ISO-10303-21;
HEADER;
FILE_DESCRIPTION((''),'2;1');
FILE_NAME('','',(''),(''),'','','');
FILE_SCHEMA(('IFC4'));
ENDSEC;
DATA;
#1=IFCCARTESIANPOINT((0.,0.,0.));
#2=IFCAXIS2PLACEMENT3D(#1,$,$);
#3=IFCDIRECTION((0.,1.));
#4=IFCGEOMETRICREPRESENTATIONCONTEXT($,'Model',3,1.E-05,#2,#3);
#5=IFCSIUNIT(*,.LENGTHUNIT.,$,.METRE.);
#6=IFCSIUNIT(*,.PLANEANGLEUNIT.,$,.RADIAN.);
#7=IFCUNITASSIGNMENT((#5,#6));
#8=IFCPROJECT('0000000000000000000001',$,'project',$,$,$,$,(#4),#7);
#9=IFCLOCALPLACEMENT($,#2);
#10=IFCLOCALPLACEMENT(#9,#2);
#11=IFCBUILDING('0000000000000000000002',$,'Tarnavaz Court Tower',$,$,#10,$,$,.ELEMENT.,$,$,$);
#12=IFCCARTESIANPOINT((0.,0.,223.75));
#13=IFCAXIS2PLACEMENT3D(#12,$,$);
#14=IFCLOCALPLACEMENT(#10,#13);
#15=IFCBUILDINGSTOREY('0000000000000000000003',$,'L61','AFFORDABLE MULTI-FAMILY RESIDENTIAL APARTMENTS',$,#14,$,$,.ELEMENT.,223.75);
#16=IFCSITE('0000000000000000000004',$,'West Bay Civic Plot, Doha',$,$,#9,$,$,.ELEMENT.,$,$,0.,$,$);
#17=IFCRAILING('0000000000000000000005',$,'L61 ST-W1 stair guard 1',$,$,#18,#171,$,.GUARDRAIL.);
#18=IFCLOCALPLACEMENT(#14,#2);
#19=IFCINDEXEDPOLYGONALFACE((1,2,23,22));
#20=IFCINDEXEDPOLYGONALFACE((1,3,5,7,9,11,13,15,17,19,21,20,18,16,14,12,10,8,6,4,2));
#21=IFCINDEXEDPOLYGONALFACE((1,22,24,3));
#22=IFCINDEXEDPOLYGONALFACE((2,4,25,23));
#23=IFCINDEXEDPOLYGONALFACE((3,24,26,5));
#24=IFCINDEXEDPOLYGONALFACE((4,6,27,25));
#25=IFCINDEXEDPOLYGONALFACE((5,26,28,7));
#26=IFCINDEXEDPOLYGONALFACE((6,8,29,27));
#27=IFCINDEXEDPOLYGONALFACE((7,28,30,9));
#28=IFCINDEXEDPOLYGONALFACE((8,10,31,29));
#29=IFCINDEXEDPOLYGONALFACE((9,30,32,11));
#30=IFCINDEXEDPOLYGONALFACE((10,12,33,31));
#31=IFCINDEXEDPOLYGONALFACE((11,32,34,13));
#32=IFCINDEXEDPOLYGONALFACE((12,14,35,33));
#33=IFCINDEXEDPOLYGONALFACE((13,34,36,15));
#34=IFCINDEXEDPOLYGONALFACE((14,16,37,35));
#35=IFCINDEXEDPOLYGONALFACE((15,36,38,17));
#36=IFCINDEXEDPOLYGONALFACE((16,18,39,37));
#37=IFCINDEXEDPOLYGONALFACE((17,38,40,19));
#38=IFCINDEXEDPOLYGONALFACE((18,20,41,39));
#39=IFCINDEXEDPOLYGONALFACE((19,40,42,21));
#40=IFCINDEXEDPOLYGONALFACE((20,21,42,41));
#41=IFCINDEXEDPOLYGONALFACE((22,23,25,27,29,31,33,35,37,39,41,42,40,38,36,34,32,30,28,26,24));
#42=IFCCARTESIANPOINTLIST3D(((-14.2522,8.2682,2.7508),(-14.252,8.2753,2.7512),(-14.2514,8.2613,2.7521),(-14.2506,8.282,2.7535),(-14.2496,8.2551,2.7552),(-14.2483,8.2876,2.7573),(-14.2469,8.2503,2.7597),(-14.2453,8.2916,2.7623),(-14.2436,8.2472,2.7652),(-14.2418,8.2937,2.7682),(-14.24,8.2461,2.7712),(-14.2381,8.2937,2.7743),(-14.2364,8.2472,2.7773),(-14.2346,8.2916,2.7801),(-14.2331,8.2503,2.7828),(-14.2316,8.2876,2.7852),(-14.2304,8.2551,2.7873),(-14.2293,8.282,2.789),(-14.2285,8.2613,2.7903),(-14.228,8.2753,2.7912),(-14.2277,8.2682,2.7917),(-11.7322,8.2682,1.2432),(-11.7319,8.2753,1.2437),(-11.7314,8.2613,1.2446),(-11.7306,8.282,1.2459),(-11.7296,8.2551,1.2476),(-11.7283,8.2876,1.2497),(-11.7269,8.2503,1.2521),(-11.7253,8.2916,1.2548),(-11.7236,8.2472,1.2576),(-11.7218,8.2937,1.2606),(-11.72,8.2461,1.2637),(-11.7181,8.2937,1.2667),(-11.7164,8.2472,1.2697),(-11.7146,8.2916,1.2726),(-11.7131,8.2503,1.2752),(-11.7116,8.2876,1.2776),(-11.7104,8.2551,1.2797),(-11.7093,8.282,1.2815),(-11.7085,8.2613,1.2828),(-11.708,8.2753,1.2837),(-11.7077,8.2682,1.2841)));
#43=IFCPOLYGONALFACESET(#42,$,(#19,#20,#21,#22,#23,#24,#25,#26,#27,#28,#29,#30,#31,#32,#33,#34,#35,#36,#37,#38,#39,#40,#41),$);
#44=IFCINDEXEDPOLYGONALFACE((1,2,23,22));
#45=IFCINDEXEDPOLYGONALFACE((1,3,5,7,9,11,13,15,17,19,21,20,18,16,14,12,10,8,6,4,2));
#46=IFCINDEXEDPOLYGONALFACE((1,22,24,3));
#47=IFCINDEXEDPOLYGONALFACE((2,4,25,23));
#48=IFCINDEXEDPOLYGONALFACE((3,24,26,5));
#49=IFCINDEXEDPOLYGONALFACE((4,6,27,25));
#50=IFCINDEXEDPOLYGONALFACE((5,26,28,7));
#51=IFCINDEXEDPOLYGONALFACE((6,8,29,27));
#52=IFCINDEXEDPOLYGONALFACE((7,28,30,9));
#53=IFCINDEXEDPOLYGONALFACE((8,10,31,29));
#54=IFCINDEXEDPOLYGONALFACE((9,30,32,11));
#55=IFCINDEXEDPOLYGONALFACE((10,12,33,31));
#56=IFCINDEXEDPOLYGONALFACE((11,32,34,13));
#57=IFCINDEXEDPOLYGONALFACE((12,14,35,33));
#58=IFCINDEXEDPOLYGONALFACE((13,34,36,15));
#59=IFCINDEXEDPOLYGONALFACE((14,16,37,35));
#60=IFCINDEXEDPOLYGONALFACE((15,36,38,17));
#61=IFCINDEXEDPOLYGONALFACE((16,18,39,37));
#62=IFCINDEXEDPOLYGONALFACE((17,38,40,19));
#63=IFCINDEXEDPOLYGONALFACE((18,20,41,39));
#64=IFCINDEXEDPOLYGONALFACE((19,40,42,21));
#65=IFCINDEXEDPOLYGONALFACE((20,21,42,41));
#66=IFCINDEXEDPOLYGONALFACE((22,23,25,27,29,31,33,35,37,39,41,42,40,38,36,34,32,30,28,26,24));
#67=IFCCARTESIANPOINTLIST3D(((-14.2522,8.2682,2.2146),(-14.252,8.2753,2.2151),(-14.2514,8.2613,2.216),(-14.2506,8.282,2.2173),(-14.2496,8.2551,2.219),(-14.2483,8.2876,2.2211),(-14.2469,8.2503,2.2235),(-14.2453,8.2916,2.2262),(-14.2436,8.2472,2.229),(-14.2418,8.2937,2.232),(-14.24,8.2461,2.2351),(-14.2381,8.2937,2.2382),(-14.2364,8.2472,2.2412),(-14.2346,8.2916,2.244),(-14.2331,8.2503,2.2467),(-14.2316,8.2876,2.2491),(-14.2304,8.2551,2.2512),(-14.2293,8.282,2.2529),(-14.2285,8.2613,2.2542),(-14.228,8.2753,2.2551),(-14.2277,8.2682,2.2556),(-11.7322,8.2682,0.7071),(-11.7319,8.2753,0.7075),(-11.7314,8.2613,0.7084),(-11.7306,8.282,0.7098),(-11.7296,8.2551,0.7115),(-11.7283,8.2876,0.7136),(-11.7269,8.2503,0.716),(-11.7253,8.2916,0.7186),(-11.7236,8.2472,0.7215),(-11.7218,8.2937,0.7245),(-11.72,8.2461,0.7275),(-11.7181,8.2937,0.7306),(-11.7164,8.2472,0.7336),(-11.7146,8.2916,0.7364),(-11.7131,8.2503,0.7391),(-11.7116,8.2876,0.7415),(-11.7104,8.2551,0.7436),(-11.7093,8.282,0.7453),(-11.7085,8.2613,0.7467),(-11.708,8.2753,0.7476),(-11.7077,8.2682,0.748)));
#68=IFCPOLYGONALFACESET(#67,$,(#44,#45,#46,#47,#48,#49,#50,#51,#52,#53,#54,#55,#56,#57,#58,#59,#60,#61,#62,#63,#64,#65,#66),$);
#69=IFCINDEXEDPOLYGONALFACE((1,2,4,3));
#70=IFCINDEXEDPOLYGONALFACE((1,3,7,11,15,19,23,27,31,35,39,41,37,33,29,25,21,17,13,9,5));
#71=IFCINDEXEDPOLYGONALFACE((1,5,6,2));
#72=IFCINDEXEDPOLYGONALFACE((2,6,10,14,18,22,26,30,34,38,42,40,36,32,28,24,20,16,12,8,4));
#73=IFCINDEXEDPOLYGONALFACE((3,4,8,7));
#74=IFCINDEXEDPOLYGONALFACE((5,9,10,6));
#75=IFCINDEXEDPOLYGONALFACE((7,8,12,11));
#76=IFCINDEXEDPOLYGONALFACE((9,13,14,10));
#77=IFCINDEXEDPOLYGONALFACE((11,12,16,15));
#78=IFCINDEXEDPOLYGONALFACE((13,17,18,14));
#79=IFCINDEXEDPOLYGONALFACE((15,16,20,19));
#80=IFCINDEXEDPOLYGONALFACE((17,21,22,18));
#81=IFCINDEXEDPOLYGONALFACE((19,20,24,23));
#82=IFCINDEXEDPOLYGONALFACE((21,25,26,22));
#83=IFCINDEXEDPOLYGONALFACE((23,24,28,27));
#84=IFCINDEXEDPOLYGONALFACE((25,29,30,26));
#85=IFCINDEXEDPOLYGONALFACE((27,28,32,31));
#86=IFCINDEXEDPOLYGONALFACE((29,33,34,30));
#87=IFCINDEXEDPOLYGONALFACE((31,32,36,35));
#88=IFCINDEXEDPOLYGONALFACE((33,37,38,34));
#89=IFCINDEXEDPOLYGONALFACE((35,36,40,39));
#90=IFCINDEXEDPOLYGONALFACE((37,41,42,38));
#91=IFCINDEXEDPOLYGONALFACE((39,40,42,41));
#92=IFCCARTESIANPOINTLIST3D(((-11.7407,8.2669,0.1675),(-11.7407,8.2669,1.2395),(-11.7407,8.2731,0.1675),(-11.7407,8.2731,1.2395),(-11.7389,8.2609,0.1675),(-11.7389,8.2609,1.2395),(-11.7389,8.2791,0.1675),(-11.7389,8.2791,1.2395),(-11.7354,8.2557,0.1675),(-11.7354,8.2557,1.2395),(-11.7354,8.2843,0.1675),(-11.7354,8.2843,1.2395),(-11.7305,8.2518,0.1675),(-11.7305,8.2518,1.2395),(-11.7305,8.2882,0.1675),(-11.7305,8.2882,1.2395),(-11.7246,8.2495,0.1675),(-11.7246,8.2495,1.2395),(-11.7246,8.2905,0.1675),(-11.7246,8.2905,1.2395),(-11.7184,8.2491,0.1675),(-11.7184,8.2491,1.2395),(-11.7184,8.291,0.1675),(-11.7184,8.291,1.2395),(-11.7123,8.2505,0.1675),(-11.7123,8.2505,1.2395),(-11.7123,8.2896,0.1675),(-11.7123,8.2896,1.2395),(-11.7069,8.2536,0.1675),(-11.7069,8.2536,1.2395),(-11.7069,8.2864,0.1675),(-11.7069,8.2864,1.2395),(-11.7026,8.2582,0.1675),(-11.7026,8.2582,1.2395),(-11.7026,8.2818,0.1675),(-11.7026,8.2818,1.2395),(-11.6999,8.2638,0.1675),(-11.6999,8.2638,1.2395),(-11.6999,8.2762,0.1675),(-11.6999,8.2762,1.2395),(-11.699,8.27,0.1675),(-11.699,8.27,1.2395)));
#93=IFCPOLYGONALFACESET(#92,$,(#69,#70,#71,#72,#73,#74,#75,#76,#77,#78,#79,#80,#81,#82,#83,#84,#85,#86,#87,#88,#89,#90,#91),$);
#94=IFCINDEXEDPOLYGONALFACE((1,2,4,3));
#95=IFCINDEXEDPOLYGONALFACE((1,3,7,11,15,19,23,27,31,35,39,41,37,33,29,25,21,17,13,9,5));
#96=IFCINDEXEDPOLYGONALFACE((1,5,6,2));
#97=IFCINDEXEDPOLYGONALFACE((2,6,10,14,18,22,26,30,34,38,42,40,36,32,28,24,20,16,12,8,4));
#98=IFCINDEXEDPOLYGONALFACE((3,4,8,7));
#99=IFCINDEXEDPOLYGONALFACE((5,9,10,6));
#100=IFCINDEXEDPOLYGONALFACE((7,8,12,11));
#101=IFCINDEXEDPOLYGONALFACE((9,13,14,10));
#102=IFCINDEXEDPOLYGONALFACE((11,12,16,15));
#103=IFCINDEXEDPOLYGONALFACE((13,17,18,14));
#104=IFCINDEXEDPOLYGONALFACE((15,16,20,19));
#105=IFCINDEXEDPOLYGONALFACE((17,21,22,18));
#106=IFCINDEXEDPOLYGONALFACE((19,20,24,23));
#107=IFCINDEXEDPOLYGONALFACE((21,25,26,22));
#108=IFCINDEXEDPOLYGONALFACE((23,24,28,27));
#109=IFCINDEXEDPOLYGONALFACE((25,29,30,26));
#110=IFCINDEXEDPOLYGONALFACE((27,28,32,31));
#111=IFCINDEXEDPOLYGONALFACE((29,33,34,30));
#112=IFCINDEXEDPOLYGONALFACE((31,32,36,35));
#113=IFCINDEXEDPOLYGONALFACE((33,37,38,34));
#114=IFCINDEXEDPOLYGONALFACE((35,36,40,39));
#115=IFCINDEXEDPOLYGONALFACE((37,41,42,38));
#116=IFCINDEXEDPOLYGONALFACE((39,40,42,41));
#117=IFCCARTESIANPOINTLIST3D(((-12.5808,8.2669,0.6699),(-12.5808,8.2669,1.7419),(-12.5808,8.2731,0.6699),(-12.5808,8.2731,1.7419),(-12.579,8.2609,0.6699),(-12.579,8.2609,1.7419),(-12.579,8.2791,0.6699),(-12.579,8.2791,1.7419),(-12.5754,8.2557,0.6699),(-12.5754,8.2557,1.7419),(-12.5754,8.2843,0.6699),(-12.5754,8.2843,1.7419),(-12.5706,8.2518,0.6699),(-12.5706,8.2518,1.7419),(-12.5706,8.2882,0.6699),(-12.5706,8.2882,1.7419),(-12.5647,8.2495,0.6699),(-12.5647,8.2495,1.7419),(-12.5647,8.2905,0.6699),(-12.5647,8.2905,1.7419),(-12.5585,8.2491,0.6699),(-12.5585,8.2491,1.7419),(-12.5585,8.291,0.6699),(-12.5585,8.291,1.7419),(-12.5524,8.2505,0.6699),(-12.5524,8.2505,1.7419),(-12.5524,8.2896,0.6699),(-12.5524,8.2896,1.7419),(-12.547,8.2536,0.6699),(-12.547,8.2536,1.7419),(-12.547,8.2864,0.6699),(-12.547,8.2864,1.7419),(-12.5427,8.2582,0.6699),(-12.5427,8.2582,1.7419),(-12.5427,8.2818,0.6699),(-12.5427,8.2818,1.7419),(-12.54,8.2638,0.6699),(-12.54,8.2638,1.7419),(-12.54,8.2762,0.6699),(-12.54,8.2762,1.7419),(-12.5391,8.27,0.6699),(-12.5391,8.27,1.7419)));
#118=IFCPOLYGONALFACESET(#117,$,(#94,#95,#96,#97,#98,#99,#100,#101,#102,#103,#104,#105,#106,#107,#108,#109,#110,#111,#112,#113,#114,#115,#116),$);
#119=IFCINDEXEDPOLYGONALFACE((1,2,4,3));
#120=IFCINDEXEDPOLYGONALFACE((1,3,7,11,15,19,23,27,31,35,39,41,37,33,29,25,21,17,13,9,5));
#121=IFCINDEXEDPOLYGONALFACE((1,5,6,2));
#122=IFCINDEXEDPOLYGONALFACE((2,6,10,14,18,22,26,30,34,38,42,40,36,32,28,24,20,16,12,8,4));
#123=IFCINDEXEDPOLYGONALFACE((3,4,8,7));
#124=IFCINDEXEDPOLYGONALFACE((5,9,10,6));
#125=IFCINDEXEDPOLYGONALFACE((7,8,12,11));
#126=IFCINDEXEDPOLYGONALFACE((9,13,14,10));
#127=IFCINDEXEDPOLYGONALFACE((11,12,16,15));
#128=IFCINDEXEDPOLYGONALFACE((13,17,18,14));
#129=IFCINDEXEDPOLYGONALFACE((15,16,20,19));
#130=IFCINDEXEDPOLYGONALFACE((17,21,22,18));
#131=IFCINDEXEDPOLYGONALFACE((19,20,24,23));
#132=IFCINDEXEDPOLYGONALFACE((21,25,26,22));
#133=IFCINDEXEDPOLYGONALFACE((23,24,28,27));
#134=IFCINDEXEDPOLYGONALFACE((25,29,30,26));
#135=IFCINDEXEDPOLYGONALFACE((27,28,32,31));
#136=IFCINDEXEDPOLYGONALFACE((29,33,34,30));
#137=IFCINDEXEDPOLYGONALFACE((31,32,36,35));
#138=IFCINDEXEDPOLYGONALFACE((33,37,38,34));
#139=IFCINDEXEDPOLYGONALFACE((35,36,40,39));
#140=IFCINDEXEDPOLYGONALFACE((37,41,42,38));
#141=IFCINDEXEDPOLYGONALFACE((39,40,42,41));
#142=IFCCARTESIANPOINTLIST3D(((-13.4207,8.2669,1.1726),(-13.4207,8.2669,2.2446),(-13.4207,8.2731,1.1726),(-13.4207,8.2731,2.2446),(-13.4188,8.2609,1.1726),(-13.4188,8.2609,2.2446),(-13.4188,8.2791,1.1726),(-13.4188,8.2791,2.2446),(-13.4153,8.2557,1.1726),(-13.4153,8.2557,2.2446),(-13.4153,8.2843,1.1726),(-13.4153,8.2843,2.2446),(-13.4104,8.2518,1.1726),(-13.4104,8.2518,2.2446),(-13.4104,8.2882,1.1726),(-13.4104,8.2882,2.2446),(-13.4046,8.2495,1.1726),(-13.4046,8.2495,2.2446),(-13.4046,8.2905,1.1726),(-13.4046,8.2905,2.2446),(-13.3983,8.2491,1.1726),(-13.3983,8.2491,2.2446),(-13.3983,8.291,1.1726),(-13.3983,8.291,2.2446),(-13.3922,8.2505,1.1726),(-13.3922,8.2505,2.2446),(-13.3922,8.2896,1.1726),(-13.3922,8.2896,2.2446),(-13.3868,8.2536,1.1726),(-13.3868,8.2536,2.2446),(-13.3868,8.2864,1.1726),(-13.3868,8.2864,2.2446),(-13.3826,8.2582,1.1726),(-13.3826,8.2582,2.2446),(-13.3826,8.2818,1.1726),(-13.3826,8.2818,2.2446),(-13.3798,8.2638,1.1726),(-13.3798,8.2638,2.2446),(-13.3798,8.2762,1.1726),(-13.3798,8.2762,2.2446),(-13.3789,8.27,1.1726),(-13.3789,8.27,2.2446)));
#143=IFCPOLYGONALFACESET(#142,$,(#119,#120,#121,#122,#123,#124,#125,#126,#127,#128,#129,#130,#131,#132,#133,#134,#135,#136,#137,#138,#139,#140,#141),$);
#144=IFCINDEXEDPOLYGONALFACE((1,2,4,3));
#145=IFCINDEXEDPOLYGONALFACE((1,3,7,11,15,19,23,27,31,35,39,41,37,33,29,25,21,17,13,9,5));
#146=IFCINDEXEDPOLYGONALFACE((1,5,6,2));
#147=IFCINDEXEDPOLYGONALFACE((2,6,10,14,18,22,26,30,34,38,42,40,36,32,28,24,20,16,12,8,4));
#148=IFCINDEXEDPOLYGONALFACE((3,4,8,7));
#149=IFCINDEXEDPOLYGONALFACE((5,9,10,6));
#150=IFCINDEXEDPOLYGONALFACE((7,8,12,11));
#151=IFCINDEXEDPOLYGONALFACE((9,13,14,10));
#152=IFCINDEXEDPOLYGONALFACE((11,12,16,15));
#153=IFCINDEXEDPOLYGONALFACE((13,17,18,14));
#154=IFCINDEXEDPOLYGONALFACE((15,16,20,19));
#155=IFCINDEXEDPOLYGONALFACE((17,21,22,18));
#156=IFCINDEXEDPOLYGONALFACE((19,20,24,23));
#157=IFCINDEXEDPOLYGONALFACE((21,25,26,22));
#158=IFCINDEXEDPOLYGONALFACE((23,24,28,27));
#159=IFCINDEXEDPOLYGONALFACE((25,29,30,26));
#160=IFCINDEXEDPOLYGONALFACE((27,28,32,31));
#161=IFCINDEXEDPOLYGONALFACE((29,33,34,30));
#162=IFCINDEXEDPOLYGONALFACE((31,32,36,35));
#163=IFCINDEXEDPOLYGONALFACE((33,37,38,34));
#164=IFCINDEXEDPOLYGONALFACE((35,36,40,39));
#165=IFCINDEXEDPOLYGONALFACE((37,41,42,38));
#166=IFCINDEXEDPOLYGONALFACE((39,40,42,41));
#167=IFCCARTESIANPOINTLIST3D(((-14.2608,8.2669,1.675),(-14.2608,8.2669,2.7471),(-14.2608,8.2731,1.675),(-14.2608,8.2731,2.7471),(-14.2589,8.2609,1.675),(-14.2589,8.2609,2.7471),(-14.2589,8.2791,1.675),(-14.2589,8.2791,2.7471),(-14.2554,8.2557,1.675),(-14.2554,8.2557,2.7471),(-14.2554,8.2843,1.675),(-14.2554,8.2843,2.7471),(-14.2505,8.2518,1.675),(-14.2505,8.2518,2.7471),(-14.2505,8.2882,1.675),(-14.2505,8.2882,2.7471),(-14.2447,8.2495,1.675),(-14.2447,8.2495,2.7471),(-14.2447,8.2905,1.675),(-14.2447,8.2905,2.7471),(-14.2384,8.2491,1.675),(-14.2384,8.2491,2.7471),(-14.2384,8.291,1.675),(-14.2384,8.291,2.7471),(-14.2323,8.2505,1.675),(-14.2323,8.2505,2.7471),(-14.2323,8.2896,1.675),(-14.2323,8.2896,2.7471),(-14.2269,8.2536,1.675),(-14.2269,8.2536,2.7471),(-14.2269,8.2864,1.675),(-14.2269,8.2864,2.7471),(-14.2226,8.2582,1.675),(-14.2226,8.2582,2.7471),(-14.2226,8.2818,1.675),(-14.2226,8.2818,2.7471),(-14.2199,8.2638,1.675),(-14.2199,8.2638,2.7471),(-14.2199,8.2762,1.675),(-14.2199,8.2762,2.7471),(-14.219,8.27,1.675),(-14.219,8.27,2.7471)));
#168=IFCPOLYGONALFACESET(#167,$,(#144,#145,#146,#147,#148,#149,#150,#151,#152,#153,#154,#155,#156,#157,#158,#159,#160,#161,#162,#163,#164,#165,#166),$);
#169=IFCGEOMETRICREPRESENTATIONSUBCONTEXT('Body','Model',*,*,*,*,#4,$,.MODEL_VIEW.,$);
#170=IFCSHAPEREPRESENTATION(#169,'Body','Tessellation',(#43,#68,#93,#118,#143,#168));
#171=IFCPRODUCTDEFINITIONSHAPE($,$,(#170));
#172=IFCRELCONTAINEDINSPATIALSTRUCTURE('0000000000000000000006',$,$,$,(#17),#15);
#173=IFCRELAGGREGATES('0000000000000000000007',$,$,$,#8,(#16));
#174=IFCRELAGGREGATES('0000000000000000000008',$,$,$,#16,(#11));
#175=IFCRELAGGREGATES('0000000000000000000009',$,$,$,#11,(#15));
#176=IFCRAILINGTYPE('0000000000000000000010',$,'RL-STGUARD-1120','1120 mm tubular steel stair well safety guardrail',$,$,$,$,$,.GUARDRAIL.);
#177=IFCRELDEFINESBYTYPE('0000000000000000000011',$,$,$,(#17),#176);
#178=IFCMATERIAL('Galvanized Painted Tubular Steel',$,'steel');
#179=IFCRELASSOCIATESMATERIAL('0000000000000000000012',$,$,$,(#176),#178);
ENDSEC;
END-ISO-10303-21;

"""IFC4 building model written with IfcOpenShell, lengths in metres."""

from ifc_helpers import new_model, si_unit, direction, frame, origin, origin_2d, place, context, subcontext, project, spatial, circle, extrude, material, type_object, element, save


model = new_model("IFC4")

# Units and contexts
model_context = context("Model", 3, precision=1e-05, world=origin(), true_north=direction((0.0, 1.0)))
body_context = subcontext(model_context, "Body", "Model", "MODEL_VIEW")
ifc_project = project(units=[si_unit("LENGTHUNIT", "METRE"), si_unit("PLANEANGLEUNIT", "RADIAN")], contexts=[model_context])

# Site, building, storey
site_placement = place(None, origin())
site = spatial("IfcSite", under=ifc_project, at=site_placement, Name="West Bay Civic Plot, Doha", CompositionType="ELEMENT", RefElevation=0.0)
building_placement = place(site_placement, origin())
building = spatial("IfcBuilding", under=site, at=building_placement, Name="Tarnavaz Court Tower", CompositionType="ELEMENT")
storey_placement = place(building_placement, frame((0.0, 0.0, 223.75)))
storey = spatial("IfcBuildingStorey", under=building, at=storey_placement, Name="L61", Description="AFFORDABLE MULTI-FAMILY RESIDENTIAL APARTMENTS", CompositionType="ELEMENT", Elevation=223.75)

# Railing
ifc_material_1 = material(Name="Galvanized Painted Tubular Steel", Category="steel")
railing_type_1 = type_object("IfcRailingType", Name="RL-STGUARD-1120", Description="1120 mm tubular steel stair well safety guardrail", PredefinedType="GUARDRAIL", material=ifc_material_1)
railing_1_placement = place(storey_placement, frame((-11.72, 8.27, 0.1675)))
element("IfcRailing", 1, at=railing_1_placement, inside=storey, type_object=railing_type_1, Name="L61 ST-W1 stair guard 1", PredefinedType="GUARDRAIL", context=body_context, shape_type="SweptSolid", body=[
    extrude(circle(Radius=0.0239, at=origin_2d()), frame((0.0, 0.0, 1.0962), z_axis=(-0.85816, 0.0, 0.513383), x_axis=(0.0, -1.0, 0.0)), (0.0, 0.0, 1.0), 2.9365),
    extrude(circle(Radius=0.0239, at=origin_2d()), frame((0.0, 0.0, 0.5601), z_axis=(-0.85816, 0.0, 0.513383), x_axis=(0.0, -1.0, 0.0)), (0.0, 0.0, 1.0), 2.9365),
    extrude(circle(Radius=0.021, at=origin_2d()), origin(), (0.0, 0.0, 1.0), 1.072),
    extrude(circle(Radius=0.021, at=origin_2d()), frame((-0.8401, 0.0, 0.5024)), (0.0, 0.0, 1.0), 1.072),
    extrude(circle(Radius=0.021, at=origin_2d()), frame((-1.6799, 0.0, 1.0051)), (0.0, 0.0, 1.0), 1.072),
    extrude(circle(Radius=0.021, at=origin_2d()), frame((-2.52, 0.0, 1.5076)), (0.0, 0.0, 1.0), 1.072),
])

save(model, "model.ifc")
